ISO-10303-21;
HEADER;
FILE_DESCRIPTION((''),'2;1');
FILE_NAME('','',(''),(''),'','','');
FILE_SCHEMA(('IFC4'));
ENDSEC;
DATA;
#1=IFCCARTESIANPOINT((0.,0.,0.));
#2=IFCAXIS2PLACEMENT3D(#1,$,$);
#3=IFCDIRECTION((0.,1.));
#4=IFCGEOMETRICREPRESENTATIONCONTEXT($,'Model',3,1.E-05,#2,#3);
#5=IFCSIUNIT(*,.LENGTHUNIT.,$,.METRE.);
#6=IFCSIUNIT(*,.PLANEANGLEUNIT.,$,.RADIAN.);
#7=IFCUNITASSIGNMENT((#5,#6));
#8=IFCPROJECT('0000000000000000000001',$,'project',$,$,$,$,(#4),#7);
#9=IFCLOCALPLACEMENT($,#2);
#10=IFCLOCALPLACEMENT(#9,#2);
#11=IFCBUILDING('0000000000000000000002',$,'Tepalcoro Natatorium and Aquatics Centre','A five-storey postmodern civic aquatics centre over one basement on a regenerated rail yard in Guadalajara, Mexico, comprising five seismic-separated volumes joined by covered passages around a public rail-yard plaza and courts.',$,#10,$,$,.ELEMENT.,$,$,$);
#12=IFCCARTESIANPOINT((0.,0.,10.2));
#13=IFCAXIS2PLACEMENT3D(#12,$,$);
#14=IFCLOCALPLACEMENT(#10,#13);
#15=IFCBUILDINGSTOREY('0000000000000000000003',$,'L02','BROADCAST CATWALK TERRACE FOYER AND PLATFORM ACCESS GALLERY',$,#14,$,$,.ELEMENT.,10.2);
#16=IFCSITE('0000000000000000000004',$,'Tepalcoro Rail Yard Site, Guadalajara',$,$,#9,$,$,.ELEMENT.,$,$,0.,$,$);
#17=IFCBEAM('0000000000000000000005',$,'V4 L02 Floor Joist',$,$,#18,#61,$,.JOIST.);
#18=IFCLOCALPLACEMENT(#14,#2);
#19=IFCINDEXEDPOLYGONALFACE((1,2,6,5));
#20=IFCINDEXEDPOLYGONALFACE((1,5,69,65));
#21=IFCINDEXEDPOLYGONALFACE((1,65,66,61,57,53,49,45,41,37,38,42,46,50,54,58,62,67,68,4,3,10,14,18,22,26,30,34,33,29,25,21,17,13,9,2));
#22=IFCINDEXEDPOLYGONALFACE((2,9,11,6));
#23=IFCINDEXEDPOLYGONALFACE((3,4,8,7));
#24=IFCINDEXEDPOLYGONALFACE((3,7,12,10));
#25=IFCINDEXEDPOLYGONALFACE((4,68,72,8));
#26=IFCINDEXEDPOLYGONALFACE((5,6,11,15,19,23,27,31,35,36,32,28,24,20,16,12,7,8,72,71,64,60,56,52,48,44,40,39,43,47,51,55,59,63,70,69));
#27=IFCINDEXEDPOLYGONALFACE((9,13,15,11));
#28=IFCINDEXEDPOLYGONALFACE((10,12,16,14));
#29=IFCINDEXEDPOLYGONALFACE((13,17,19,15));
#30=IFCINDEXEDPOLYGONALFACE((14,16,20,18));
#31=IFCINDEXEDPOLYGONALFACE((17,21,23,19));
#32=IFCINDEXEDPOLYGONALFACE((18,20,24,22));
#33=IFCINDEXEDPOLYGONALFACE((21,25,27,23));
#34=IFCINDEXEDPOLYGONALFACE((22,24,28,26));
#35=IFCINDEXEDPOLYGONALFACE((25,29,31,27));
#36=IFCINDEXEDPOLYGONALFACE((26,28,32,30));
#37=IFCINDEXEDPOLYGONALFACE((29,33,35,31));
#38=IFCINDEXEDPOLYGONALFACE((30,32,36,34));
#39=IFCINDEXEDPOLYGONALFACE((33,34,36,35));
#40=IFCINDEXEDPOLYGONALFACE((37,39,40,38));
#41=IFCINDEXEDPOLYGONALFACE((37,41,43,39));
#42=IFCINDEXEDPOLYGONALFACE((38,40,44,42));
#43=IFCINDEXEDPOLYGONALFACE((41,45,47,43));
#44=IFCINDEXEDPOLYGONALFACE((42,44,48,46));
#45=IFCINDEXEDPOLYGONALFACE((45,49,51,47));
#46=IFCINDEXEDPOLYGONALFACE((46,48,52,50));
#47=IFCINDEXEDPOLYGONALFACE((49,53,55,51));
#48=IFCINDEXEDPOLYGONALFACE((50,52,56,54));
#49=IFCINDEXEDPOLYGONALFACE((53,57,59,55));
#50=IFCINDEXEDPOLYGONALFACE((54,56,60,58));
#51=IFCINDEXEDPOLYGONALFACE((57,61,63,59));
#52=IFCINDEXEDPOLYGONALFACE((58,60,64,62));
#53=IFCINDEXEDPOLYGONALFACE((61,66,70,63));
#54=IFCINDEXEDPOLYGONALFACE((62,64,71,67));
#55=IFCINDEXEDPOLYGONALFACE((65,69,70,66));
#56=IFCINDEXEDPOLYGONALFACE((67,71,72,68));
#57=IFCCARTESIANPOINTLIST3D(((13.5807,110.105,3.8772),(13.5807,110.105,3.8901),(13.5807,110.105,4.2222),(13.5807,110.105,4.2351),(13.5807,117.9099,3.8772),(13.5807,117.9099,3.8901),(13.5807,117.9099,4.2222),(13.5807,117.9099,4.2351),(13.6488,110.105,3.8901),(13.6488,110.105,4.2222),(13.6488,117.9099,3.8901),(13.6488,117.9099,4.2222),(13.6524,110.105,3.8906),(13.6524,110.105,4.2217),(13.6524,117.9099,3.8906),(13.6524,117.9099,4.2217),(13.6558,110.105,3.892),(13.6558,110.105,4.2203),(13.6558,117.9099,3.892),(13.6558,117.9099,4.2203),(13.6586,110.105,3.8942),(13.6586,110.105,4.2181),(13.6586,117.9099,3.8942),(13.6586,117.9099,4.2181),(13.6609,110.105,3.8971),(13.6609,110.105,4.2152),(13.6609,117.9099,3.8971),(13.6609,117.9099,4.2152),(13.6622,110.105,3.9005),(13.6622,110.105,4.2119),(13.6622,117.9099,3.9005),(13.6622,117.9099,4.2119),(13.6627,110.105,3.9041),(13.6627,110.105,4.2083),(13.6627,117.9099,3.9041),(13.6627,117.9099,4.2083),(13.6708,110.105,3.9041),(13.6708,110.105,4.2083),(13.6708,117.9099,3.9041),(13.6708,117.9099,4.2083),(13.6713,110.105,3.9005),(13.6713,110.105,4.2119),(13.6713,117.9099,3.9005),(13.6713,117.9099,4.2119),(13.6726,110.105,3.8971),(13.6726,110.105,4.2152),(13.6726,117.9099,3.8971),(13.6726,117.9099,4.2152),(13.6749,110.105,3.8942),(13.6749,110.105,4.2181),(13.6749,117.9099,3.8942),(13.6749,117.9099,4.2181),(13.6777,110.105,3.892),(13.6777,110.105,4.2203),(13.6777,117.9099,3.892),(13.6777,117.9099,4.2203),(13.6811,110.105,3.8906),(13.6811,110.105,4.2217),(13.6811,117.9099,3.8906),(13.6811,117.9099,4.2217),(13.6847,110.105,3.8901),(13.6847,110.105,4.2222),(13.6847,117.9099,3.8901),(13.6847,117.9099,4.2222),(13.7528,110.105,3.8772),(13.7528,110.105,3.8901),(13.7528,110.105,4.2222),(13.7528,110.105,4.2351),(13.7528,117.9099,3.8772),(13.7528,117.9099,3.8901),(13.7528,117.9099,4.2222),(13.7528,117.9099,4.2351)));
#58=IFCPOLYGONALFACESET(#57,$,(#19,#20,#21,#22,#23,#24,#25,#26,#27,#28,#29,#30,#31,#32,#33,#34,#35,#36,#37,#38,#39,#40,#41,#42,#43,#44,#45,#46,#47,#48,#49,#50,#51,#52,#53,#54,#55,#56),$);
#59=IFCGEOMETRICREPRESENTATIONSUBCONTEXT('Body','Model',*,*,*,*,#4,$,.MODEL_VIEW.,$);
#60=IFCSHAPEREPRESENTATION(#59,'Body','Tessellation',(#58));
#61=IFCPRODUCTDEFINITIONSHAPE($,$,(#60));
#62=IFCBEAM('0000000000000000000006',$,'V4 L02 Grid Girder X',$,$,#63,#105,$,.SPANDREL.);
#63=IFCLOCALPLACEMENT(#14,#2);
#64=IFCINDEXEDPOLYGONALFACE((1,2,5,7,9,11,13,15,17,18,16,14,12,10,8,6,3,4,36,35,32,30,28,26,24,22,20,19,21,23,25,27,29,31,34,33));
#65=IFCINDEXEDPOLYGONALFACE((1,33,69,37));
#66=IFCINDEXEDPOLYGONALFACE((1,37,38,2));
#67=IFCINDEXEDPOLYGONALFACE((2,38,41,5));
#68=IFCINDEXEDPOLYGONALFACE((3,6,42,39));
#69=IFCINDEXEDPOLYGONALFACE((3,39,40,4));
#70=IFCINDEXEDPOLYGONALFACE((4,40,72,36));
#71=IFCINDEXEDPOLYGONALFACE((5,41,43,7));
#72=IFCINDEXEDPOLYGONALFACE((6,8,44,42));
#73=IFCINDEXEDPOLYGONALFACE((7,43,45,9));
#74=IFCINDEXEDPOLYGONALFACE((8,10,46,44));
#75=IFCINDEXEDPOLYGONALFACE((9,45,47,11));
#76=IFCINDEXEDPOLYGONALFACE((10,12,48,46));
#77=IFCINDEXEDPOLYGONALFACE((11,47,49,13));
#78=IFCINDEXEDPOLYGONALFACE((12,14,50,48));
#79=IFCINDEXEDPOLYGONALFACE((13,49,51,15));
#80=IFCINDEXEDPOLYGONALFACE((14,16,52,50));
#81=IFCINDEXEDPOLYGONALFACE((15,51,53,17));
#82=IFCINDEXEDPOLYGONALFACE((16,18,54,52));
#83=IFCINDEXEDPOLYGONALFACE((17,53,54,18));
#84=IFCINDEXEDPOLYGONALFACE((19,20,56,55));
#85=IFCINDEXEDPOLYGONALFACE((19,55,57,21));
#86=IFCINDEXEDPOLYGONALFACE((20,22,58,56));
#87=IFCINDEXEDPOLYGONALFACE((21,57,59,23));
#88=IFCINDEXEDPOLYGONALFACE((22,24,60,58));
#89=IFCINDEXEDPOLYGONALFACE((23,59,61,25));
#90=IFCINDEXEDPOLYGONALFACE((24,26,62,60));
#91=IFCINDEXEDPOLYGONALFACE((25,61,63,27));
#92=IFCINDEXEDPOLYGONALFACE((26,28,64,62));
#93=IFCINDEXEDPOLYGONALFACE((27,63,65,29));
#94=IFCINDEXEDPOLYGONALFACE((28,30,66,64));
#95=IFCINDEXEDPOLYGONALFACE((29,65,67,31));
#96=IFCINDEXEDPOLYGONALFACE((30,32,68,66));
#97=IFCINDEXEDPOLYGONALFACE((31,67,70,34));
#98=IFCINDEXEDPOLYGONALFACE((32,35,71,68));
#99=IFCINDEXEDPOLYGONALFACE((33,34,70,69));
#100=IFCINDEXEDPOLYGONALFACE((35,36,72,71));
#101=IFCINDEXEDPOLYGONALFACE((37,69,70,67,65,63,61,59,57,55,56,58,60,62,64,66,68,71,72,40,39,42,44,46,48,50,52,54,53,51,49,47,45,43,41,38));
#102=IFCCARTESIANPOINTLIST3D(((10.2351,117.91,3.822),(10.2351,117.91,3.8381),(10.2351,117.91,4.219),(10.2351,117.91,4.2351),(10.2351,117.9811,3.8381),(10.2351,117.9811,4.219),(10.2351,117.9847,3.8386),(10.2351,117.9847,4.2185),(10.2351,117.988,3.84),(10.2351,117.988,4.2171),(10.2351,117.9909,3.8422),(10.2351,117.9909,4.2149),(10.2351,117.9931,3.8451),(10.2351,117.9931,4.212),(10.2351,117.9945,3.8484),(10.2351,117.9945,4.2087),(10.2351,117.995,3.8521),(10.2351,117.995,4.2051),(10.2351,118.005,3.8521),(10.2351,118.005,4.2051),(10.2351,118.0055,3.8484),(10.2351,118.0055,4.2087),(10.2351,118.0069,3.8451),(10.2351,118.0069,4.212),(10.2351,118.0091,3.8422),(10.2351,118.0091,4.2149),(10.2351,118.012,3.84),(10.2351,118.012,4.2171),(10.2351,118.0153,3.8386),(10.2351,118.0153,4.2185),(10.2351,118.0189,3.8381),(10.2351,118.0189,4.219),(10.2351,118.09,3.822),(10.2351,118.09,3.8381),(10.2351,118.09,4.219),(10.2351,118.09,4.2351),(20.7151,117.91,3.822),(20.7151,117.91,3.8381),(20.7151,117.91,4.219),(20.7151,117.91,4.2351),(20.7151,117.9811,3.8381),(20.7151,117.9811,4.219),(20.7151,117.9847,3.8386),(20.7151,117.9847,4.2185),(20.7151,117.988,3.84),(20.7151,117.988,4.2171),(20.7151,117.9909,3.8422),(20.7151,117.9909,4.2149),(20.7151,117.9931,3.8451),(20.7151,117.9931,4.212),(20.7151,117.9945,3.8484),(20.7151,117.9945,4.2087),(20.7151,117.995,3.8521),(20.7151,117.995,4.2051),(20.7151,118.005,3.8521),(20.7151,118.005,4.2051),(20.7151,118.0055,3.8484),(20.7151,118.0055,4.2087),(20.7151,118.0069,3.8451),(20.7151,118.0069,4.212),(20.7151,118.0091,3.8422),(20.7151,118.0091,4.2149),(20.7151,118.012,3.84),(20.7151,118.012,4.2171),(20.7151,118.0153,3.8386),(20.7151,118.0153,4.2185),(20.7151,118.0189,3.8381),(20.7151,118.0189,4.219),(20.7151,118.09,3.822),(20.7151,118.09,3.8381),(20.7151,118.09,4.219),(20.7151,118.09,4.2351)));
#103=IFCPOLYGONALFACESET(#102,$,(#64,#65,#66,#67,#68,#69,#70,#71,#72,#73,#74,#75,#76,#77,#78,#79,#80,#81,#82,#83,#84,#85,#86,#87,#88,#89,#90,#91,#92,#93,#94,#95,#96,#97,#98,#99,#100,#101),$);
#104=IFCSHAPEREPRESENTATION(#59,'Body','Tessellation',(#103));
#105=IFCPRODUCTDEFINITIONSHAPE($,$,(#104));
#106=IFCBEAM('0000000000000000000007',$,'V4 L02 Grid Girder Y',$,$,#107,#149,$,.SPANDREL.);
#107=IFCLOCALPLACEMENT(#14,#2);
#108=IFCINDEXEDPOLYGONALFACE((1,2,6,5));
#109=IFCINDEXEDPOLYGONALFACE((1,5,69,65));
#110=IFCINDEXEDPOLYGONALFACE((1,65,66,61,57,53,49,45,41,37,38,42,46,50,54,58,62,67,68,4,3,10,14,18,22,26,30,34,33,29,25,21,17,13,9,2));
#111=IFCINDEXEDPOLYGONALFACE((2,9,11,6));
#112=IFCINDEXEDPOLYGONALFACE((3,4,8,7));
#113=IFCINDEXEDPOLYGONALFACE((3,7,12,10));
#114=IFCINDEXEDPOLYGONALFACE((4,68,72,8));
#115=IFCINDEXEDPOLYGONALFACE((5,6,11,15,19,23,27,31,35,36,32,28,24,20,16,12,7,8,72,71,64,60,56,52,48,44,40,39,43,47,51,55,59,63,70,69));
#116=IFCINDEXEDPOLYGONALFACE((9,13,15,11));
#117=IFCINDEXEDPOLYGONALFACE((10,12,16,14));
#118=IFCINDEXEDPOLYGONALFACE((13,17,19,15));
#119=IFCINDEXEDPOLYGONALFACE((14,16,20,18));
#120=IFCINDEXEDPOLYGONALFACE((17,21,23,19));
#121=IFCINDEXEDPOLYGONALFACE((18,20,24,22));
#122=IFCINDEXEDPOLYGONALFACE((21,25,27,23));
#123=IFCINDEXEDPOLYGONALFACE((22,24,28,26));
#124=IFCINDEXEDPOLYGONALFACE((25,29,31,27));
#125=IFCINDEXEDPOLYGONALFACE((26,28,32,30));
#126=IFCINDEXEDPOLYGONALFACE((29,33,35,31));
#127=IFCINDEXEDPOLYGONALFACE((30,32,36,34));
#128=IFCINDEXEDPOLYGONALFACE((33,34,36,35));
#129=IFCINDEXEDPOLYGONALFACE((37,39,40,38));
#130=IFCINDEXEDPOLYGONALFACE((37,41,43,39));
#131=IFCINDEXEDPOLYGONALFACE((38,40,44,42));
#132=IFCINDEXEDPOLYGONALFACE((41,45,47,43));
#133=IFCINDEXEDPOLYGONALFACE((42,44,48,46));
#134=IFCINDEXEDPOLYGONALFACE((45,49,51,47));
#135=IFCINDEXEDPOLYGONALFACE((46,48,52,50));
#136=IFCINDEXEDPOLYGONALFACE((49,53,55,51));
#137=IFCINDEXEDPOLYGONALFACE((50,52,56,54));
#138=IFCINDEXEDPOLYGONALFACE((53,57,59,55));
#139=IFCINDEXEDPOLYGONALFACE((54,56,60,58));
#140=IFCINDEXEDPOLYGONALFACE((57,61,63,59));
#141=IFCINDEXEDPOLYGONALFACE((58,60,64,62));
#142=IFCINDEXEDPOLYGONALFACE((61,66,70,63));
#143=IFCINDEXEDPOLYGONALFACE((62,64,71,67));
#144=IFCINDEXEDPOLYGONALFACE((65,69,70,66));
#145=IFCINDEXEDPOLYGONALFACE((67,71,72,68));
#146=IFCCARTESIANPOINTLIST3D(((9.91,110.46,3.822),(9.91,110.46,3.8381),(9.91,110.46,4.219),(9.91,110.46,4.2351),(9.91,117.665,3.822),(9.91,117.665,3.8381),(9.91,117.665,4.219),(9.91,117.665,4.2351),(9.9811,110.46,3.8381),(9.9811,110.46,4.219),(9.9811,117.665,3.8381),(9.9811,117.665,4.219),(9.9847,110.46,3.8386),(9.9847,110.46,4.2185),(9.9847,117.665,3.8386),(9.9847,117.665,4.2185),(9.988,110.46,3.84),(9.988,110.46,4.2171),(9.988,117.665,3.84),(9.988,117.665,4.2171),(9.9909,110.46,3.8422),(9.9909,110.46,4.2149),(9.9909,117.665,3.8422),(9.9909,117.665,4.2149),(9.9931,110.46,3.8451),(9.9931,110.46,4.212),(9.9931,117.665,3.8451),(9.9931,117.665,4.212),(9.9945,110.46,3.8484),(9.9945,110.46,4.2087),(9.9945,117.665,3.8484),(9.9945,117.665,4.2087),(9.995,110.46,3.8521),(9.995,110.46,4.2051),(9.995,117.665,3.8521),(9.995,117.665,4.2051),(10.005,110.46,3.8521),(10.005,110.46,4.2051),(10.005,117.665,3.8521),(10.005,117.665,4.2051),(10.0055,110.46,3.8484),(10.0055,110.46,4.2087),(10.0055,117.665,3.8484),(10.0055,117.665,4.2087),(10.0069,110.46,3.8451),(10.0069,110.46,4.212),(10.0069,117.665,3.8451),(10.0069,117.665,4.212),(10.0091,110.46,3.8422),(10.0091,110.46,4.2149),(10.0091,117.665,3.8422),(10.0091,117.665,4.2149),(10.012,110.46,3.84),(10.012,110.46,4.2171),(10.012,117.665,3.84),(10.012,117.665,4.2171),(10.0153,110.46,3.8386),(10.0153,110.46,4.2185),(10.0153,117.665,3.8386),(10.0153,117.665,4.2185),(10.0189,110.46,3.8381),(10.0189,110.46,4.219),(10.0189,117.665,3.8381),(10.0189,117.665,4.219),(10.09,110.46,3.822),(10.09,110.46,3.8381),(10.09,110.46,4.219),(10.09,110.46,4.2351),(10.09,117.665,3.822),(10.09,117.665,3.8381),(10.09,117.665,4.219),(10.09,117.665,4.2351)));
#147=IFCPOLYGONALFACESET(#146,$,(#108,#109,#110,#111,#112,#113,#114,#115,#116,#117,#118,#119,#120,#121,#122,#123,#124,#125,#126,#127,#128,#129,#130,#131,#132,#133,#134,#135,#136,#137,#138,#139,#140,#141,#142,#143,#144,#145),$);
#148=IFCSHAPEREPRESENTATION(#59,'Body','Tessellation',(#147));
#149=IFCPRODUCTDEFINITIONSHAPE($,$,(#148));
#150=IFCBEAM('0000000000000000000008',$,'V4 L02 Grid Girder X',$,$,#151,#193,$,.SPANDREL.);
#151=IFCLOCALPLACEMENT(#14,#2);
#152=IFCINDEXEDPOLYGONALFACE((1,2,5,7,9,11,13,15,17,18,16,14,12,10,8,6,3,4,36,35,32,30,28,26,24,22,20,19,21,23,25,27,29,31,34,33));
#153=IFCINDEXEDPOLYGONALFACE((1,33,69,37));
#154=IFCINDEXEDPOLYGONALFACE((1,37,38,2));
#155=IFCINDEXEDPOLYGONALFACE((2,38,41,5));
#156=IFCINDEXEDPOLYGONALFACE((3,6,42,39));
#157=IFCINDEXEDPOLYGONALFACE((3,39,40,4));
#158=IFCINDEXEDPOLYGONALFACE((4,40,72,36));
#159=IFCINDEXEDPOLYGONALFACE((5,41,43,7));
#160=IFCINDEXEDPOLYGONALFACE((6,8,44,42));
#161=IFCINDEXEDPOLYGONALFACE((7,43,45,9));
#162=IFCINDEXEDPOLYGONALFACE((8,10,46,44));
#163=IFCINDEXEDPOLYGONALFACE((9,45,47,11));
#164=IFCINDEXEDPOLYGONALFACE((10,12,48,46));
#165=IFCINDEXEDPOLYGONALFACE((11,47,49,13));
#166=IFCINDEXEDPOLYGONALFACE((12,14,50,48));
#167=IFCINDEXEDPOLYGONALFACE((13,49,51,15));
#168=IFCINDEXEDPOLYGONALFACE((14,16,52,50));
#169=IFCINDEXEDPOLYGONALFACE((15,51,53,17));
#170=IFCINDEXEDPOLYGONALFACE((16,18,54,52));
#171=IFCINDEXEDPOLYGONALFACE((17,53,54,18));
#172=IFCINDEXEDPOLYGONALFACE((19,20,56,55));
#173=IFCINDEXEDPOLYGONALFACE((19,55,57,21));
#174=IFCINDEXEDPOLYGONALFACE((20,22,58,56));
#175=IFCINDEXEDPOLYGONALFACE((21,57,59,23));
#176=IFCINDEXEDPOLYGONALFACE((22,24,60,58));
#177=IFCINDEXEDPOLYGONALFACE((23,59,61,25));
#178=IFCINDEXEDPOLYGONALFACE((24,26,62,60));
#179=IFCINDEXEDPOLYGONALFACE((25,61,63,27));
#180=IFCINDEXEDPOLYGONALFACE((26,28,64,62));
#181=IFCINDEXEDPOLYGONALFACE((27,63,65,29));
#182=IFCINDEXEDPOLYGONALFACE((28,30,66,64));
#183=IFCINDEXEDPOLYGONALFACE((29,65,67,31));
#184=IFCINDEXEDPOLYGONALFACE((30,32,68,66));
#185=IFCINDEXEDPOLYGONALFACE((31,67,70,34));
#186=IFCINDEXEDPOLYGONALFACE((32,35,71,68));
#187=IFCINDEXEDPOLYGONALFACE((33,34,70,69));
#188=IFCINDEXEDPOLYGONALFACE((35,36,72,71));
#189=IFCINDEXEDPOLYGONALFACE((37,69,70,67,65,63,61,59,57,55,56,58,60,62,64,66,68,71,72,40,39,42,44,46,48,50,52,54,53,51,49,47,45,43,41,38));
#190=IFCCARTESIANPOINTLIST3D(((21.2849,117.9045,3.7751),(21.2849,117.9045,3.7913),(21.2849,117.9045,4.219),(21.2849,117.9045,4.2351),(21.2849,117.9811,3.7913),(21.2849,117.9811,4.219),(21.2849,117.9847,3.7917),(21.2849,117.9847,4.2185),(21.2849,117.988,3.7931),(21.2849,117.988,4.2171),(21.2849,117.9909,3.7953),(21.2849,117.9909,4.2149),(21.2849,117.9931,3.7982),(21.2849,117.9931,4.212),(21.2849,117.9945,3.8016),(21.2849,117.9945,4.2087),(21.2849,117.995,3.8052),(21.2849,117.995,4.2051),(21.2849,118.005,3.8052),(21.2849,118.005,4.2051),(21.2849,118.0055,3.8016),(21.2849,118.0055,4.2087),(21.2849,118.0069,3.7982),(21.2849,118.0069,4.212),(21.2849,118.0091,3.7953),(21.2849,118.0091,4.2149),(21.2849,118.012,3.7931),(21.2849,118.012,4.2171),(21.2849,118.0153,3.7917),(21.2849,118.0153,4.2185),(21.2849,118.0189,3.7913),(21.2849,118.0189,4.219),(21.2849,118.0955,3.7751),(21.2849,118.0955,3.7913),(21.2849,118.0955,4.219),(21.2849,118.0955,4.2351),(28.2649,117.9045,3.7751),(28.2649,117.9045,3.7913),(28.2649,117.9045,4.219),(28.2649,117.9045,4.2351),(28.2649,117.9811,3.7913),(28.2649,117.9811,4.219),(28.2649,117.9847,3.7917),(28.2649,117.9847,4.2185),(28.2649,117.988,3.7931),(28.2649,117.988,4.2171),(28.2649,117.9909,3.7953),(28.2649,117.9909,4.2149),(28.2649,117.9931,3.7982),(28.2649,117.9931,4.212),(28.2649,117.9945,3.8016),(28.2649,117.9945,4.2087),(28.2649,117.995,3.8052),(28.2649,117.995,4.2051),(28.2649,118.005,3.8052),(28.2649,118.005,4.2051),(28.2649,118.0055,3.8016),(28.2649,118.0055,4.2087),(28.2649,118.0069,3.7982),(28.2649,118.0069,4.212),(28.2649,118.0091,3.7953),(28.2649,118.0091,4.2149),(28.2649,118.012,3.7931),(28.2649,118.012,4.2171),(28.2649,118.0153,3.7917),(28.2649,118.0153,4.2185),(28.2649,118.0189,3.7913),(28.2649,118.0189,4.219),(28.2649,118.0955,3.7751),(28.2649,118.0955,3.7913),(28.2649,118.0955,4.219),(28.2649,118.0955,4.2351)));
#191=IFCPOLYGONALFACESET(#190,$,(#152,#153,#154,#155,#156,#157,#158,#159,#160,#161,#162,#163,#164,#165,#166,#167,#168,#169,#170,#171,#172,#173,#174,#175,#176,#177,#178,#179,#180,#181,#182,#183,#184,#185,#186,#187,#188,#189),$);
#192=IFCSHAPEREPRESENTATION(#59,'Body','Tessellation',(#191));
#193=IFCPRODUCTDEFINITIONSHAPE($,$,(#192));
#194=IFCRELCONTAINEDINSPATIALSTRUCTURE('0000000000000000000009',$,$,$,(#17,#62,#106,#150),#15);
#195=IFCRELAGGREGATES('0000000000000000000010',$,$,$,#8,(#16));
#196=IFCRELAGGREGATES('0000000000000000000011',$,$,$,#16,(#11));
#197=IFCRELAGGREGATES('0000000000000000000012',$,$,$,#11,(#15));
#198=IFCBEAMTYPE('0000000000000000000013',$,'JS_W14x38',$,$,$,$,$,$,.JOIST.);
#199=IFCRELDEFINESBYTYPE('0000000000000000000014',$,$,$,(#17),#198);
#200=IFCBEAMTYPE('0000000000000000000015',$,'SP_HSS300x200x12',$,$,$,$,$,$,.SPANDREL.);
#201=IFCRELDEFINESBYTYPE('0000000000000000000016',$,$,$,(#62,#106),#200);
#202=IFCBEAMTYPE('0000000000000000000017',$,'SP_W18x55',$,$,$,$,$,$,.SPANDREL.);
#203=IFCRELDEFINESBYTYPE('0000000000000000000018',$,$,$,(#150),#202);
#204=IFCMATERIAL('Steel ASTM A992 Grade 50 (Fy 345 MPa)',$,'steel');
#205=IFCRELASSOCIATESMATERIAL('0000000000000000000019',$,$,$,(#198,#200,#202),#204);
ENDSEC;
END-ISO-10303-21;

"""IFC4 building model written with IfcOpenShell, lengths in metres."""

from ifc_helpers import new_model, si_unit, direction, frame, origin, origin_2d, place, context, subcontext, project, spatial, i_section, extrude, material, material_profile, profile_set, type_object, element, save


model = new_model("IFC4")

# Units and contexts
model_context = context("Model", 3, precision=1e-05, world=origin(), true_north=direction((0.0, 1.0)))
body_context = subcontext(model_context, "Body", "Model", "MODEL_VIEW")
ifc_project = project(units=[si_unit("LENGTHUNIT", "METRE"), si_unit("PLANEANGLEUNIT", "RADIAN")], contexts=[model_context])

# Site, building, storey
site_placement = place(None, origin())
site = spatial("IfcSite", under=ifc_project, at=site_placement, Name="Tepalcoro Rail Yard Site, Guadalajara", CompositionType="ELEMENT", RefElevation=0.0)
building_placement = place(site_placement, origin())
building = spatial("IfcBuilding", under=site, at=building_placement, Name="Tepalcoro Natatorium and Aquatics Centre", Description="A five-storey postmodern civic aquatics centre over one basement on a regenerated rail yard in Guadalajara, Mexico, comprising five seismic-separated volumes joined by covered passages around a public rail-yard plaza and courts.", CompositionType="ELEMENT")
storey_placement = place(building_placement, frame((0.0, 0.0, 10.2)))
storey = spatial("IfcBuildingStorey", under=building, at=storey_placement, Name="L02", Description="BROADCAST CATWALK TERRACE FOYER AND PLATFORM ACCESS GALLERY", CompositionType="ELEMENT", Elevation=10.2)

# Shared definitions
ifc_material_1 = material(Name="Steel ASTM A992 Grade 50 (Fy 345 MPa)", Category="steel")

# Beams
ifc_material_profile_1 = material_profile(ifc_material_1, i_section(OverallWidth=0.1721, OverallDepth=0.3579, WebThickness=0.0081, FlangeThickness=0.0129, FilletRadius=0.0139, at=origin_2d()), Name="W14X38")
ifc_profile_set_1 = profile_set([ifc_material_profile_1], Name="Steel ASTM A992 Grade 50 (Fy 345 MPa)")
beam_type_1 = type_object("IfcBeamType", Name="JS_W14x38", PredefinedType="JOIST", material=ifc_profile_set_1)
beam_1_placement = place(storey_placement, frame((13.6667, 110.105, 4.0562), z_axis=(0.0, 1.0, 0.0), x_axis=(-1.0, 0.0, 0.0)))
element("IfcBeam", 1, at=beam_1_placement, inside=storey, type_object=beam_type_1, Name="V4 L02 Floor Joist", PredefinedType="JOIST", context=body_context, shape_type="SweptSolid", body=[
    extrude(i_section(OverallWidth=0.1721, OverallDepth=0.3579, WebThickness=0.0081, FlangeThickness=0.0129, FilletRadius=0.0139, at=origin_2d()), origin(), (0.0, 0.0, 1.0), 7.8049),
])
ifc_material_profile_2 = material_profile(ifc_material_1, i_section(OverallWidth=0.1799, OverallDepth=0.4131, WebThickness=0.01, FlangeThickness=0.0161, FilletRadius=0.0139, at=origin_2d()), Name="W16X50")
ifc_profile_set_2 = profile_set([ifc_material_profile_2], Name="Steel ASTM A992 Grade 50 (Fy 345 MPa)")
beam_type_2 = type_object("IfcBeamType", Name="SP_HSS300x200x12", PredefinedType="SPANDREL", material=ifc_profile_set_2)
beam_2_placement = place(storey_placement, frame((10.2351, 118.0, 4.0286), z_axis=(1.0, 0.0, 0.0), x_axis=(0.0, 1.0, 0.0)))
element("IfcBeam", 2, at=beam_2_placement, inside=storey, type_object=beam_type_2, Name="V4 L02 Grid Girder X", PredefinedType="SPANDREL", context=body_context, shape_type="SweptSolid", body=[
    extrude(i_section(OverallWidth=0.1799, OverallDepth=0.4131, WebThickness=0.01, FlangeThickness=0.0161, FilletRadius=0.0139, at=origin_2d()), origin(), (0.0, 0.0, 1.0), 10.48),
])
beam_3_placement = place(storey_placement, frame((10.0, 110.46, 4.0286), z_axis=(0.0, 1.0, 0.0), x_axis=(-1.0, 0.0, 0.0)))
element("IfcBeam", 3, at=beam_3_placement, inside=storey, type_object=beam_type_2, Name="V4 L02 Grid Girder Y", PredefinedType="SPANDREL", context=body_context, shape_type="SweptSolid", body=[
    extrude(i_section(OverallWidth=0.1799, OverallDepth=0.4131, WebThickness=0.01, FlangeThickness=0.0161, FilletRadius=0.0139, at=origin_2d()), origin(), (0.0, 0.0, 1.0), 7.2051),
])
ifc_material_profile_3 = material_profile(ifc_material_1, i_section(OverallWidth=0.1909, OverallDepth=0.46, WebThickness=0.01, FlangeThickness=0.0161, FilletRadius=0.0139, at=origin_2d()), Name="W18X55")
ifc_profile_set_3 = profile_set([ifc_material_profile_3], Name="Steel ASTM A992 Grade 50 (Fy 345 MPa)")
beam_type_3 = type_object("IfcBeamType", Name="SP_W18x55", PredefinedType="SPANDREL", material=ifc_profile_set_3)
beam_4_placement = place(storey_placement, frame((21.2849, 118.0, 4.0051), z_axis=(1.0, 0.0, 0.0), x_axis=(0.0, 1.0, 0.0)))
element("IfcBeam", 4, at=beam_4_placement, inside=storey, type_object=beam_type_3, Name="V4 L02 Grid Girder X", PredefinedType="SPANDREL", context=body_context, shape_type="SweptSolid", body=[
    extrude(i_section(OverallWidth=0.1909, OverallDepth=0.46, WebThickness=0.01, FlangeThickness=0.0161, FilletRadius=0.0139, at=origin_2d()), origin(), (0.0, 0.0, 1.0), 6.98),
])

save(model, "model.ifc")
